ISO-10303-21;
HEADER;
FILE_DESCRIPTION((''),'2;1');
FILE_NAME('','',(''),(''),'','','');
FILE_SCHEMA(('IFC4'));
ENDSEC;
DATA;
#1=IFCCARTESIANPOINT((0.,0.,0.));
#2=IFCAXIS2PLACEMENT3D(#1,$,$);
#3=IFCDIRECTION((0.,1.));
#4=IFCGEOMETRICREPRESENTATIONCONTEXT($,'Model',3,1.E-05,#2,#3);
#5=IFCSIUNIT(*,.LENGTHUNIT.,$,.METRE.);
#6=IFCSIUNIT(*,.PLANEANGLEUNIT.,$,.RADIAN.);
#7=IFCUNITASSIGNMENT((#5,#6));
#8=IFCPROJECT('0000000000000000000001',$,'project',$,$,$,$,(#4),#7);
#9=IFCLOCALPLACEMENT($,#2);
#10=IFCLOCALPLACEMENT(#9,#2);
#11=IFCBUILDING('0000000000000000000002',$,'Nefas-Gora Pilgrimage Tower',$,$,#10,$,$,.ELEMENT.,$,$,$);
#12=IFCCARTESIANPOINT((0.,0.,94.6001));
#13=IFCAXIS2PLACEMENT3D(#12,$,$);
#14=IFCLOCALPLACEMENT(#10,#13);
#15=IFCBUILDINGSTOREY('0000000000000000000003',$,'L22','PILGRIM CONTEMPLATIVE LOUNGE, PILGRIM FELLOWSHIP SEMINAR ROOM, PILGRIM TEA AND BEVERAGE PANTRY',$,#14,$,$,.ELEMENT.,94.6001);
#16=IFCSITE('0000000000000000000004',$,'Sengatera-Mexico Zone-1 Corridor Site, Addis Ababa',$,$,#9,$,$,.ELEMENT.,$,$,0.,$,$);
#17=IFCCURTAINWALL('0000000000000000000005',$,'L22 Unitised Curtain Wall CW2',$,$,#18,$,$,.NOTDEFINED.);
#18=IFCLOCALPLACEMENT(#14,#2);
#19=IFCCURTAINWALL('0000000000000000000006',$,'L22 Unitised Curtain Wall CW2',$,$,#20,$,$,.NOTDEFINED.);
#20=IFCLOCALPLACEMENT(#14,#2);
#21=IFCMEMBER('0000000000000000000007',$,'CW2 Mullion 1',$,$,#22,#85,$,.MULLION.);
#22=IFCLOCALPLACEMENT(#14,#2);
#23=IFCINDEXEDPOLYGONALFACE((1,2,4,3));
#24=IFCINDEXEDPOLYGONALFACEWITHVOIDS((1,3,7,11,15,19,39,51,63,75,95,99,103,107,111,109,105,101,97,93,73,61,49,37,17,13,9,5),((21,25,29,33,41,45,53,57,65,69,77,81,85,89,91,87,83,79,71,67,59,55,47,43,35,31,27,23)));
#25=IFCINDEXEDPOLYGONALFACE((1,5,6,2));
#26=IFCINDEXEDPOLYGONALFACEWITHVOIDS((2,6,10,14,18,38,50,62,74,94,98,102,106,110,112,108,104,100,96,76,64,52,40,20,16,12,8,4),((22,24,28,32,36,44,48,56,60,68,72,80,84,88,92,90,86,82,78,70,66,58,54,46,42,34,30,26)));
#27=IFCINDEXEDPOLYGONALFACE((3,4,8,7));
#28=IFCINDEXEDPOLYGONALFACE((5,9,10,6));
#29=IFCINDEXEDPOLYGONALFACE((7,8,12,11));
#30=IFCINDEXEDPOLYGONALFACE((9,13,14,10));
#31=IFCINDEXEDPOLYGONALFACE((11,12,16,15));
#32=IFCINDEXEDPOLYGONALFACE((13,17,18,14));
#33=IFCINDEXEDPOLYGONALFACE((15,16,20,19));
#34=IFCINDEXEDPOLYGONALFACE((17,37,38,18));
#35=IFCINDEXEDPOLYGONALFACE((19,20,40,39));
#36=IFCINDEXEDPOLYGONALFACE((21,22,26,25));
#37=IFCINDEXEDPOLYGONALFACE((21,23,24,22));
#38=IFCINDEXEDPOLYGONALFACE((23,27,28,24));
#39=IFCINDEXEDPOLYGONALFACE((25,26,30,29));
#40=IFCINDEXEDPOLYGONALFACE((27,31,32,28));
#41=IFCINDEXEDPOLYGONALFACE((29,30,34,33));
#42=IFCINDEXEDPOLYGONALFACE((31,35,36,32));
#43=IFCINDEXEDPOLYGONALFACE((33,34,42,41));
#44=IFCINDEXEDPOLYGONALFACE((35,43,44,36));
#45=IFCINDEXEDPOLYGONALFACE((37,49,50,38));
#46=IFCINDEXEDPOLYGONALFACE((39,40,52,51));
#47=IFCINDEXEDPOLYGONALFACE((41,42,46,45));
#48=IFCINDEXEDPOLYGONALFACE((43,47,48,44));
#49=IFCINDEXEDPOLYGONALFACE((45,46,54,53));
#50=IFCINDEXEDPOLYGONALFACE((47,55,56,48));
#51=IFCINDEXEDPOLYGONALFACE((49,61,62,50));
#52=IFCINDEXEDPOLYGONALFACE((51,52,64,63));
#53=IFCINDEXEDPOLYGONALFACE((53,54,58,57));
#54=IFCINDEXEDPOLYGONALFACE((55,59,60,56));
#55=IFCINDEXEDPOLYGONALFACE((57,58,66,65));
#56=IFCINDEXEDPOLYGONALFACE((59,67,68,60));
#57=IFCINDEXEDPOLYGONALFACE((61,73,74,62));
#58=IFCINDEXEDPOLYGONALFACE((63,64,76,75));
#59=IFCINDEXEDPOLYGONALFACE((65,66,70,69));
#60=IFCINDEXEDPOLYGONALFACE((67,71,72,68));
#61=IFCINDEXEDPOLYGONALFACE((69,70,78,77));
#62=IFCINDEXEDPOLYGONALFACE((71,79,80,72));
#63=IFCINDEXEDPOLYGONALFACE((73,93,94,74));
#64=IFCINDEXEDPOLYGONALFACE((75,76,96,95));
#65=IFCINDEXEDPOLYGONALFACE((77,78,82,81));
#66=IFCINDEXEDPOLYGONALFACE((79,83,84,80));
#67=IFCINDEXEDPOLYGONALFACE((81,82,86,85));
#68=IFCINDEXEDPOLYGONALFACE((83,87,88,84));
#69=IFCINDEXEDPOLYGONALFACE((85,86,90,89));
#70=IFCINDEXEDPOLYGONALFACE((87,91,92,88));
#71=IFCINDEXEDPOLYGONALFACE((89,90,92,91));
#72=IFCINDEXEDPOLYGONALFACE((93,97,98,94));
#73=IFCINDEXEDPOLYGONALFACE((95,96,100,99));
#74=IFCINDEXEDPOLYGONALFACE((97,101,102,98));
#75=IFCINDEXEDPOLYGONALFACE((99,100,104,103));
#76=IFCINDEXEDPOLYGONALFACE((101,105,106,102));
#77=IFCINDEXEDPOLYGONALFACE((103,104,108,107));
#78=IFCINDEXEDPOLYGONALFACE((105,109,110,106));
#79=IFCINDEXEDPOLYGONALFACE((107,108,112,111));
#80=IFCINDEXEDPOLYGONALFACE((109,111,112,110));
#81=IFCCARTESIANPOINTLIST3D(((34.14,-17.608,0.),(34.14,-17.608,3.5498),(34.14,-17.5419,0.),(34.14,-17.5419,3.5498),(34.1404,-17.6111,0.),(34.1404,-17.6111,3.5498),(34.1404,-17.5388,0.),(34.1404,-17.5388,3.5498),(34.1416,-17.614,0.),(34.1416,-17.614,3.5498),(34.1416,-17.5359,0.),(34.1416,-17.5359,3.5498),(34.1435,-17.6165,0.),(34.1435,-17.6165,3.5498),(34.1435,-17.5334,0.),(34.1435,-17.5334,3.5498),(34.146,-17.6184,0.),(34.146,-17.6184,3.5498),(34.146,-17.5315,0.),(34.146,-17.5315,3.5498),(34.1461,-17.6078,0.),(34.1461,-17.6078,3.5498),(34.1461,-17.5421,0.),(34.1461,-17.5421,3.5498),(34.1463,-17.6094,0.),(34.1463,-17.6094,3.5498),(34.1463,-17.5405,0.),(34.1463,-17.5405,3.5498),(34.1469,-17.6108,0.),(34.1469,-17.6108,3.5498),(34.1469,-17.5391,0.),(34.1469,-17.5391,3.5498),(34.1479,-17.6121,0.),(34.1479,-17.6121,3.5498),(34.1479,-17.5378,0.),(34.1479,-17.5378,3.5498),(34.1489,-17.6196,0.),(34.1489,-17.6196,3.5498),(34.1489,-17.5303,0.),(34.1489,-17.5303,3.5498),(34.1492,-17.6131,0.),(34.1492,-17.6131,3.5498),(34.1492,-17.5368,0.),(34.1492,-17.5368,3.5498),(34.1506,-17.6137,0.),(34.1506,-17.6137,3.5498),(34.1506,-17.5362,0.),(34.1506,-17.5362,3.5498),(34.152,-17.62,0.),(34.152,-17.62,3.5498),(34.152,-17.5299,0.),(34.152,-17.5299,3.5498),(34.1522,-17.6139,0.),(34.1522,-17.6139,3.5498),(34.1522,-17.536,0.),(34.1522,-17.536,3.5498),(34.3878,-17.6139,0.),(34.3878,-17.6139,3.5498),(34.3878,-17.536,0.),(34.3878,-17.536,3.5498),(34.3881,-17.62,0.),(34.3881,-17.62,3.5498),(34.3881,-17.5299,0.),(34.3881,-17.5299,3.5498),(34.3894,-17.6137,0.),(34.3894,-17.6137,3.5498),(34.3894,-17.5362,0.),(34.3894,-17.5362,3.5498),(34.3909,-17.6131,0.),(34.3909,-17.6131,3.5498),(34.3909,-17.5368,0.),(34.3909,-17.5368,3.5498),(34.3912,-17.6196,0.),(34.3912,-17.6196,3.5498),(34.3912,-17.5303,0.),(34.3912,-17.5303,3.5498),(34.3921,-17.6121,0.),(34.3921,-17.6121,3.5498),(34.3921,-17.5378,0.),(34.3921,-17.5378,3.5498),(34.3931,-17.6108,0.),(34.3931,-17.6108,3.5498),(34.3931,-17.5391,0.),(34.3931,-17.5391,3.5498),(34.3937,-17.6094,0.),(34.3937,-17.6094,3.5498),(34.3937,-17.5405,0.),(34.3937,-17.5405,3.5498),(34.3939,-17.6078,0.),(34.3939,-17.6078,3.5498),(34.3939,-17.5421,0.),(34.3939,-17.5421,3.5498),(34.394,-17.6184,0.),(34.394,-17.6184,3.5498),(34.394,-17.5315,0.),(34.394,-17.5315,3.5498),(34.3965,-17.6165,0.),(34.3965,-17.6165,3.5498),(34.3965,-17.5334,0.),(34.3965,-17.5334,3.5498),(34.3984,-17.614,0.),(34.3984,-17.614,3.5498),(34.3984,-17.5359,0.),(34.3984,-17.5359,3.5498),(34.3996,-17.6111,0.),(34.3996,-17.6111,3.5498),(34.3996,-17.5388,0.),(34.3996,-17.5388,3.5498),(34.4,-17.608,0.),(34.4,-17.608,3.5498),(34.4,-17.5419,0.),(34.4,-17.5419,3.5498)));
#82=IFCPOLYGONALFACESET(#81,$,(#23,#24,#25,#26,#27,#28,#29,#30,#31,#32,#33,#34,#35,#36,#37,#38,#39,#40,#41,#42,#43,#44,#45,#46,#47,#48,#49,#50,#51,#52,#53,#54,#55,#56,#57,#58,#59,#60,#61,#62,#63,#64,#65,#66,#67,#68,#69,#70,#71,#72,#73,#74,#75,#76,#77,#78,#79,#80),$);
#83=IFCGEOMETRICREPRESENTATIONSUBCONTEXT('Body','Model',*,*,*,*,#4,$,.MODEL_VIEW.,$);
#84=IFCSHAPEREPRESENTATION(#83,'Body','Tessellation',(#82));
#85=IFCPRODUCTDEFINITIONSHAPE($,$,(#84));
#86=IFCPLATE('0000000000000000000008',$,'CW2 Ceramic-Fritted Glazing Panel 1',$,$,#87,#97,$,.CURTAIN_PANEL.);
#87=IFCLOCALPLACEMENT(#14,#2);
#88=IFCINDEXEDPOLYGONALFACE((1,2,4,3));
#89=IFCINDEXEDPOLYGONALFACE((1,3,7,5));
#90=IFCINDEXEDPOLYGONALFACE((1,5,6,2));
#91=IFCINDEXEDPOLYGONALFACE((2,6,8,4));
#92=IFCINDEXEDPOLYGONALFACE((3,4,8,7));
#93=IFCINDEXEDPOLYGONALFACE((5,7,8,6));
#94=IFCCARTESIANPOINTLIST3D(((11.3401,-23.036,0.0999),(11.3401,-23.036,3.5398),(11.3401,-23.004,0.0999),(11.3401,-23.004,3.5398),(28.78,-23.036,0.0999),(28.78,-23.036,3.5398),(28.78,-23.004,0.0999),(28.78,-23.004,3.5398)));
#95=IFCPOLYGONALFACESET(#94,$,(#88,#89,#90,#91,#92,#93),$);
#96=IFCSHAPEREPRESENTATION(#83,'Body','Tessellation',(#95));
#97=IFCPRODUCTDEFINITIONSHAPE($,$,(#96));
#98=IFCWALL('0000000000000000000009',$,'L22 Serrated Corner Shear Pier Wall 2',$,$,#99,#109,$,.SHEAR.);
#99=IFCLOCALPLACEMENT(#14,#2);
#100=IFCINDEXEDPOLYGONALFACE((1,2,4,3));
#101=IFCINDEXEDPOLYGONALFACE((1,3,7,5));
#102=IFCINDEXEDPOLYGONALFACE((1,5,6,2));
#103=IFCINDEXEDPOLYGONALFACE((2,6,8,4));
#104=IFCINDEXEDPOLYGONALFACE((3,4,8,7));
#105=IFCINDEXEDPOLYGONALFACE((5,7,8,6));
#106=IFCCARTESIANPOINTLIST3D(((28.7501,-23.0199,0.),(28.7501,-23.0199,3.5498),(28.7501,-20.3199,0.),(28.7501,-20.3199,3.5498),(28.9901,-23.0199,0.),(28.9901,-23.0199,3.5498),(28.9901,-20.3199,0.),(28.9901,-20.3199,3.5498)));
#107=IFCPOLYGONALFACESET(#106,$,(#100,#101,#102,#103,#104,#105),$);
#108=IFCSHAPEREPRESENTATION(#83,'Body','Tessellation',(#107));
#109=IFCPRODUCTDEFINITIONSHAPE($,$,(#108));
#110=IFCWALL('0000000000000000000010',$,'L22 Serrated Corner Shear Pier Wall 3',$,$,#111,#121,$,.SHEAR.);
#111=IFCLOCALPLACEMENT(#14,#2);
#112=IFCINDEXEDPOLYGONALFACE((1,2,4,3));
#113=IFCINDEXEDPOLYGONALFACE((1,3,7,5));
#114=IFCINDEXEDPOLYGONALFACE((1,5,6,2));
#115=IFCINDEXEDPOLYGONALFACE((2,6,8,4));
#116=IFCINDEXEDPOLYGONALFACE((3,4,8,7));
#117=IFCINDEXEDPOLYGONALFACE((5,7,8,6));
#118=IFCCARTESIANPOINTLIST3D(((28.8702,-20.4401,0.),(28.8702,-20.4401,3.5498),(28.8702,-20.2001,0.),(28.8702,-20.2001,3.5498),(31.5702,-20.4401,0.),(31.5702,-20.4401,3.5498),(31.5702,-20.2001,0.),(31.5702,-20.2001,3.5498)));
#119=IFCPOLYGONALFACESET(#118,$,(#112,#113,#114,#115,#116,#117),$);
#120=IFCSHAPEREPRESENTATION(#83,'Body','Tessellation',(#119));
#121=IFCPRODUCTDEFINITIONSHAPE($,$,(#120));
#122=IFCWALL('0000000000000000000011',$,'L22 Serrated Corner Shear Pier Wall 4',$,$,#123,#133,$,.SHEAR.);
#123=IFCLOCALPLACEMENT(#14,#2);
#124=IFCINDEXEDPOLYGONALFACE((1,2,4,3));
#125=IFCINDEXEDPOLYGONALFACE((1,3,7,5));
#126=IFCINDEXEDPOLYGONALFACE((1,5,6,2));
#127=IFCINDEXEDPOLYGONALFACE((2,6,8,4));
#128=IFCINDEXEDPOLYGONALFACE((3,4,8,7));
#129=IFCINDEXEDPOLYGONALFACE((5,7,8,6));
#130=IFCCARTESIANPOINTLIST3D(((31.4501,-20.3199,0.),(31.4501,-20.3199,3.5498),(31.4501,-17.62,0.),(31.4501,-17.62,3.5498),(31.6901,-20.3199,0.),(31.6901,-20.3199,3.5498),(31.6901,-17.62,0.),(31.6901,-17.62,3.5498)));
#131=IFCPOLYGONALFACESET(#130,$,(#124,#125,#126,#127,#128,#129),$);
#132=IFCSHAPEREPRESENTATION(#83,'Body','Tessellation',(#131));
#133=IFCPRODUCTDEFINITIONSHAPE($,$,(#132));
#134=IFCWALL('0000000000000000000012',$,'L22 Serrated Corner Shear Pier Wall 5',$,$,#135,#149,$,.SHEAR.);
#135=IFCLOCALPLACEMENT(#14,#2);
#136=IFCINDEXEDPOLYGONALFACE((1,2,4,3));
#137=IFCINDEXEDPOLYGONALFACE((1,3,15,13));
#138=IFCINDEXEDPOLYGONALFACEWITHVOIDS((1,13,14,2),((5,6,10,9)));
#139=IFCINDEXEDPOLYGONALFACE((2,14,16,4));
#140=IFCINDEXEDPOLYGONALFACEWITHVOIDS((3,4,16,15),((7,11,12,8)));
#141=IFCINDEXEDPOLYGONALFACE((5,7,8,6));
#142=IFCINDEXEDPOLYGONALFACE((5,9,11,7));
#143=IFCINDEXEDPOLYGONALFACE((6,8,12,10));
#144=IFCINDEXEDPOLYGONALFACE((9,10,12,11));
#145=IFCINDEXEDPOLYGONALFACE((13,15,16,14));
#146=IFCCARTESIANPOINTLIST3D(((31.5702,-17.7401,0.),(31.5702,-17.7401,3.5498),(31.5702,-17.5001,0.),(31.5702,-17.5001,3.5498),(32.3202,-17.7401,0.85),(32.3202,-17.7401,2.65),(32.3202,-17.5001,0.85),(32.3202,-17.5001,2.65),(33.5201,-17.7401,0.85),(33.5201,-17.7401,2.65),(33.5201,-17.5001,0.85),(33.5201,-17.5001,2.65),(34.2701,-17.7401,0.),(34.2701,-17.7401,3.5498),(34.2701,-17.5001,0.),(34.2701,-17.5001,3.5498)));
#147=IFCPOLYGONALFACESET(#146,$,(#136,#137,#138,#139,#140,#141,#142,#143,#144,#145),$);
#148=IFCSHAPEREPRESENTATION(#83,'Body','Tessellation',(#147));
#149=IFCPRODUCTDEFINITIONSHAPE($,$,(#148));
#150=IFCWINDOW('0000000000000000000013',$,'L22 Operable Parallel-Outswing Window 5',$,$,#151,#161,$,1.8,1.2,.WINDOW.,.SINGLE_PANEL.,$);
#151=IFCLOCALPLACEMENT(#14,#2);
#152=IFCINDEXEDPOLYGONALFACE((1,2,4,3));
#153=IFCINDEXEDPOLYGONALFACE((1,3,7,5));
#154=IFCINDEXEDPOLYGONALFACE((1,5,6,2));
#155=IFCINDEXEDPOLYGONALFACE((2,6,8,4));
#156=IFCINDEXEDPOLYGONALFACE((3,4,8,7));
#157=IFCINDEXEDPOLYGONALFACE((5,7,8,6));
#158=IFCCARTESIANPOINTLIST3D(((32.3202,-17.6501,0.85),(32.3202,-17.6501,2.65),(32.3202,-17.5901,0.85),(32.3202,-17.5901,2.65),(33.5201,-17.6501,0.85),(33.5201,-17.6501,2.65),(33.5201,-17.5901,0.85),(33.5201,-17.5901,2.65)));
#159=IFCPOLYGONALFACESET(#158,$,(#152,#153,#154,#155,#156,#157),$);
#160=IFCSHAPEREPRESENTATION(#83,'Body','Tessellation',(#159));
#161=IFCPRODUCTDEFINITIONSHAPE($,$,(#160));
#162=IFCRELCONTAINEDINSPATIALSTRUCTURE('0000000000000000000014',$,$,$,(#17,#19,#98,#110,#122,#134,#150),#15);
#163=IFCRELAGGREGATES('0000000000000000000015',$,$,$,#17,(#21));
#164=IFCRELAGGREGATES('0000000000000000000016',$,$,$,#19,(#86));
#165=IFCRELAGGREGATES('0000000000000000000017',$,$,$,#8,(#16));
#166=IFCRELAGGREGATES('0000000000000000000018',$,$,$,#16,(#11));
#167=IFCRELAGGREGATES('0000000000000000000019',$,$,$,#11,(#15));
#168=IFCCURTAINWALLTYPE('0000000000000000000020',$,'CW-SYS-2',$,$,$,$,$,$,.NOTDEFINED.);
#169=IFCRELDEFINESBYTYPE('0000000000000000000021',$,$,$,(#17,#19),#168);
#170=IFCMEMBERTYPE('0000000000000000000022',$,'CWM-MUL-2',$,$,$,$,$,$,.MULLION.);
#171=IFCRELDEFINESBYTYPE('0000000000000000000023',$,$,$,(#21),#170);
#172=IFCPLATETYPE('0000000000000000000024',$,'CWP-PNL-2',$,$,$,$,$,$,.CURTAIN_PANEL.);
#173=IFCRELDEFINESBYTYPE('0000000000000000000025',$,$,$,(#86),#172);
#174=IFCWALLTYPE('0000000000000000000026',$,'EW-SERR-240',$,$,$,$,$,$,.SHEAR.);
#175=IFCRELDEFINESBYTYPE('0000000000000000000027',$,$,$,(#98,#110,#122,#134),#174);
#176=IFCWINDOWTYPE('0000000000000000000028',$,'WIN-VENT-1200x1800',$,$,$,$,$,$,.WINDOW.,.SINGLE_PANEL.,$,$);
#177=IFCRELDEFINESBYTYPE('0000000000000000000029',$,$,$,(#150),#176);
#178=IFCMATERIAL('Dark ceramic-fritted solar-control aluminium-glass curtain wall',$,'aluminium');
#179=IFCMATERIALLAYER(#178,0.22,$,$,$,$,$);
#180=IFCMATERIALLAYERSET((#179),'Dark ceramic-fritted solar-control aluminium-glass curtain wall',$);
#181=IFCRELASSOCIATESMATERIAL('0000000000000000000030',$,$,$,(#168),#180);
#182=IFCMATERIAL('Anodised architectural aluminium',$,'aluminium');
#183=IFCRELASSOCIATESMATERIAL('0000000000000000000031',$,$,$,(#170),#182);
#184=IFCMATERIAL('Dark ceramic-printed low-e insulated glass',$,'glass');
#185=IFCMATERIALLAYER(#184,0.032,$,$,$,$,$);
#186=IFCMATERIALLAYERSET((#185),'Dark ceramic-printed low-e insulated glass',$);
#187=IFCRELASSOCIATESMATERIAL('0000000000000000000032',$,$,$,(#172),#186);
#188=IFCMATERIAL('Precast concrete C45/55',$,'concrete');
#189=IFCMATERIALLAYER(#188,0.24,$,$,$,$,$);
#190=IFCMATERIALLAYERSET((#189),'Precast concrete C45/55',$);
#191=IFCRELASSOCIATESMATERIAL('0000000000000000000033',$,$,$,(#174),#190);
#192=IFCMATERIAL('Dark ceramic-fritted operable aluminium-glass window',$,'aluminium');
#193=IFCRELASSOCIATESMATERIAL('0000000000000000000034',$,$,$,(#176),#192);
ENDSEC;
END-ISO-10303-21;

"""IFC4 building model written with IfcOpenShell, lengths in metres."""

from ifc_helpers import new_model, si_unit, direction, frame, frame_2d, origin, origin_2d, place, context, subcontext, project, spatial, rectangle, hollow_rectangle, extrude, source, transform, mapped, material, layer, layer_set, material_profile, profile_set, type_object, element, fill, aggregate, save


model = new_model("IFC4")

# Units and contexts
model_context = context("Model", 3, precision=1e-05, world=origin(), true_north=direction((0.0, 1.0)))
body_context = subcontext(model_context, "Body", "Model", "MODEL_VIEW")
ifc_project = project(units=[si_unit("LENGTHUNIT", "METRE"), si_unit("PLANEANGLEUNIT", "RADIAN")], contexts=[model_context])

# Site, building, storey
site_placement = place(None, origin())
site = spatial("IfcSite", under=ifc_project, at=site_placement, Name="Sengatera-Mexico Zone-1 Corridor Site, Addis Ababa", CompositionType="ELEMENT", RefElevation=0.0)
building_placement = place(site_placement, origin())
building = spatial("IfcBuilding", under=site, at=building_placement, Name="Nefas-Gora Pilgrimage Tower", CompositionType="ELEMENT")
storey_placement = place(building_placement, frame((0.0, 0.0, 94.6001)))
storey = spatial("IfcBuildingStorey", under=building, at=storey_placement, Name="L22", Description="PILGRIM CONTEMPLATIVE LOUNGE, PILGRIM FELLOWSHIP SEMINAR ROOM, PILGRIM TEA AND BEVERAGE PANTRY", CompositionType="ELEMENT", Elevation=94.6001)

# Curtain walls
ifc_material_1 = material(Name="Dark ceramic-fritted solar-control aluminium-glass curtain wall", Category="aluminium")
ifc_layer_1 = layer(ifc_material_1, 0.22)
ifc_layer_set_1 = layer_set([ifc_layer_1], Name="Dark ceramic-fritted solar-control aluminium-glass curtain wall")
curtain_wall_type = type_object("IfcCurtainWallType", Name="CW-SYS-2", PredefinedType="NOTDEFINED", material=ifc_layer_set_1)
curtain_wall_1_placement = place(storey_placement, origin())
curtain_wall_1 = element("IfcCurtainWall", 1, at=curtain_wall_1_placement, inside=storey, type_object=curtain_wall_type, Name="L22 Unitised Curtain Wall CW2", PredefinedType="NOTDEFINED")
ifc_material_2 = material(Name="Anodised architectural aluminium", Category="aluminium")
curtain_wall_2_placement = place(storey_placement, origin())
curtain_wall_2 = element("IfcCurtainWall", 2, at=curtain_wall_2_placement, inside=storey, type_object=curtain_wall_type, Name="L22 Unitised Curtain Wall CW2", PredefinedType="NOTDEFINED")
ifc_material_profile_1 = material_profile(ifc_material_2, hollow_rectangle(XDim=0.0901, YDim=0.26, WallThickness=0.0061, InnerFilletRadius=0.0061, OuterFilletRadius=0.012, at=origin_2d()), Name="ALU MULLION 90x260")
ifc_profile_set_1 = profile_set([ifc_material_profile_1], Name="Anodised architectural aluminium")
member_type_1 = type_object("IfcMemberType", Name="CWM-MUL-2", PredefinedType="MULLION", material=ifc_profile_set_1)
shared_shape_1 = source(origin(), body_context, "Body", "SweptSolid", [
    extrude(hollow_rectangle(XDim=0.0901, YDim=0.26, WallThickness=0.0061, InnerFilletRadius=0.0061, OuterFilletRadius=0.012, at=origin_2d()), origin(), (0.0, 0.0, 1.0), 3.5498),
])

# Member
member_1_placement = place(storey_placement, frame((34.27, -17.575, 0.0), z_axis=(0.0, 0.0, 1.0), x_axis=(0.0, 1.0, 0.0)))
member_1 = element("IfcMember", 3, at=member_1_placement, type_object=member_type_1, Name="CW2 Mullion 1", PredefinedType="MULLION", context=body_context, shape_type="MappedRepresentation", body=[
    mapped(shared_shape_1, transform((0.0, 0.0, 0.0), x_axis=(1.0, 0.0, 0.0), y_axis=(0.0, 1.0, 0.0), z_axis=(0.0, 0.0, 1.0), scale=1.0)),
])
aggregate(curtain_wall_1, [member_1])

# Plate
ifc_material_3 = material(Name="Dark ceramic-printed low-e insulated glass", Category="glass")
ifc_layer_2 = layer(ifc_material_3, 0.032)
ifc_layer_set_2 = layer_set([ifc_layer_2], Name="Dark ceramic-printed low-e insulated glass")
plate_type = type_object("IfcPlateType", Name="CWP-PNL-2", PredefinedType="CURTAIN_PANEL", material=ifc_layer_set_2)
shared_shape_2 = source(origin(), body_context, "Body", "SweptSolid", [
    extrude(rectangle(XDim=17.4399, YDim=0.032, at=origin_2d()), origin(), (0.0, 0.0, 1.0), 3.4399),
])
plate_placement = place(storey_placement, frame((20.0601, -23.02, 0.0999), z_axis=(0.0, 0.0, 1.0), x_axis=(1.0, 0.0, 0.0)))
plate = element("IfcPlate", 4, at=plate_placement, type_object=plate_type, Name="CW2 Ceramic-Fritted Glazing Panel 1", PredefinedType="CURTAIN_PANEL", context=body_context, shape_type="MappedRepresentation", body=[
    mapped(shared_shape_2, transform((0.0, 0.0, 0.0), x_axis=(1.0, 0.0, 0.0), y_axis=(0.0, 1.0, 0.0), z_axis=(0.0, 0.0, 1.0), scale=1.0)),
])
aggregate(curtain_wall_2, [plate])

# Walls
ifc_material_4 = material(Name="Precast concrete C45/55", Category="concrete")
ifc_layer_3 = layer(ifc_material_4, 0.24)
ifc_layer_set_3 = layer_set([ifc_layer_3], Name="Precast concrete C45/55")
wall_type = type_object("IfcWallType", Name="EW-SERR-240", PredefinedType="SHEAR", material=ifc_layer_set_3)
shared_shape_3 = source(origin(), body_context, "Body", "SweptSolid", [
    extrude(rectangle(XDim=2.7, YDim=0.24, at=frame_2d((1.3501, 0.0))), origin(), (0.0, 0.0, 1.0), 3.5498),
])
for number, where, z_axis, x_axis, name in (
    (5, (28.8701, -23.02, 0.0), (0.0, 0.0, 1.0), (0.0, 1.0, 0.0), "L22 Serrated Corner Shear Pier Wall 2"),
    (6, (28.8701, -20.3201, 0.0), (0.0, 0.0, 1.0), (1.0, 0.0, 0.0), "L22 Serrated Corner Shear Pier Wall 3"),
    (7, (31.5701, -20.3201, 0.0), (0.0, 0.0, 1.0), (0.0, 1.0, 0.0), "L22 Serrated Corner Shear Pier Wall 4"),
):
    element("IfcWall", number, at=place(storey_placement, frame(where, z_axis=z_axis, x_axis=x_axis)), inside=storey, type_object=wall_type, Name=name, PredefinedType="SHEAR", context=body_context, shape_type="MappedRepresentation", body=[
        mapped(shared_shape_3, transform((0.0, 0.0, 0.0), x_axis=(1.0, 0.0, 0.0), y_axis=(0.0, 1.0, 0.0), z_axis=(0.0, 0.0, 1.0), scale=1.0)),
    ])

# Wall, opening, window
wall_placement = place(storey_placement, frame((31.5701, -17.6201, 0.0), z_axis=(0.0, 0.0, 1.0), x_axis=(1.0, 0.0, 0.0)))
wall = element("IfcWall", 8, at=wall_placement, inside=storey, type_object=wall_type, Name="L22 Serrated Corner Shear Pier Wall 5", PredefinedType="SHEAR", context=body_context, shape_type="MappedRepresentation", body=[
    mapped(shared_shape_3, transform((0.0, 0.0, 0.0), x_axis=(1.0, 0.0, 0.0), y_axis=(0.0, 1.0, 0.0), z_axis=(0.0, 0.0, 1.0), scale=1.0)),
])
opening_placement = place(wall_placement, frame((0.75, 0.0, 0.8501)))
opening = element("IfcOpeningElement", 9, at=opening_placement, cuts=wall, PredefinedType="OPENING", context=body_context, shape_type="SweptSolid", body=[
    extrude(rectangle(XDim=1.2, YDim=1.8, at=frame_2d((0.6001, 0.8999))), frame((0.0, 0.1299, 0.0), z_axis=(0.0, -1.0, 0.0), x_axis=(1.0, 0.0, 0.0)), (0.0, 0.0, 1.0), 0.26),
])
ifc_material_5 = material(Name="Dark ceramic-fritted operable aluminium-glass window", Category="aluminium")
window_type = type_object("IfcWindowType", Name="WIN-VENT-1200x1800", PartitioningType="SINGLE_PANEL", PredefinedType="WINDOW", material=ifc_material_5)
shared_shape_4 = source(origin(), body_context, "Body", "SweptSolid", [
    extrude(rectangle(XDim=1.2, YDim=1.8, at=frame_2d((0.6001, 0.8999))), frame((0.0, 0.03, 0.0), z_axis=(0.0, -1.0, 0.0), x_axis=(1.0, 0.0, 0.0)), (0.0, 0.0, 1.0), 0.0601),
])
window_placement = place(opening_placement, origin())
window = element("IfcWindow", 10, at=window_placement, inside=storey, type_object=window_type, Name="L22 Operable Parallel-Outswing Window 5", OverallHeight=1.8, OverallWidth=1.2, PartitioningType="SINGLE_PANEL", PredefinedType="WINDOW", context=body_context, shape_type="MappedRepresentation", body=[
    mapped(shared_shape_4, transform((0.0, 0.0, 0.0), x_axis=(1.0, 0.0, 0.0), y_axis=(0.0, 1.0, 0.0), z_axis=(0.0, 0.0, 1.0), scale=1.0)),
])
fill(opening, window)

save(model, "model.ifc")
